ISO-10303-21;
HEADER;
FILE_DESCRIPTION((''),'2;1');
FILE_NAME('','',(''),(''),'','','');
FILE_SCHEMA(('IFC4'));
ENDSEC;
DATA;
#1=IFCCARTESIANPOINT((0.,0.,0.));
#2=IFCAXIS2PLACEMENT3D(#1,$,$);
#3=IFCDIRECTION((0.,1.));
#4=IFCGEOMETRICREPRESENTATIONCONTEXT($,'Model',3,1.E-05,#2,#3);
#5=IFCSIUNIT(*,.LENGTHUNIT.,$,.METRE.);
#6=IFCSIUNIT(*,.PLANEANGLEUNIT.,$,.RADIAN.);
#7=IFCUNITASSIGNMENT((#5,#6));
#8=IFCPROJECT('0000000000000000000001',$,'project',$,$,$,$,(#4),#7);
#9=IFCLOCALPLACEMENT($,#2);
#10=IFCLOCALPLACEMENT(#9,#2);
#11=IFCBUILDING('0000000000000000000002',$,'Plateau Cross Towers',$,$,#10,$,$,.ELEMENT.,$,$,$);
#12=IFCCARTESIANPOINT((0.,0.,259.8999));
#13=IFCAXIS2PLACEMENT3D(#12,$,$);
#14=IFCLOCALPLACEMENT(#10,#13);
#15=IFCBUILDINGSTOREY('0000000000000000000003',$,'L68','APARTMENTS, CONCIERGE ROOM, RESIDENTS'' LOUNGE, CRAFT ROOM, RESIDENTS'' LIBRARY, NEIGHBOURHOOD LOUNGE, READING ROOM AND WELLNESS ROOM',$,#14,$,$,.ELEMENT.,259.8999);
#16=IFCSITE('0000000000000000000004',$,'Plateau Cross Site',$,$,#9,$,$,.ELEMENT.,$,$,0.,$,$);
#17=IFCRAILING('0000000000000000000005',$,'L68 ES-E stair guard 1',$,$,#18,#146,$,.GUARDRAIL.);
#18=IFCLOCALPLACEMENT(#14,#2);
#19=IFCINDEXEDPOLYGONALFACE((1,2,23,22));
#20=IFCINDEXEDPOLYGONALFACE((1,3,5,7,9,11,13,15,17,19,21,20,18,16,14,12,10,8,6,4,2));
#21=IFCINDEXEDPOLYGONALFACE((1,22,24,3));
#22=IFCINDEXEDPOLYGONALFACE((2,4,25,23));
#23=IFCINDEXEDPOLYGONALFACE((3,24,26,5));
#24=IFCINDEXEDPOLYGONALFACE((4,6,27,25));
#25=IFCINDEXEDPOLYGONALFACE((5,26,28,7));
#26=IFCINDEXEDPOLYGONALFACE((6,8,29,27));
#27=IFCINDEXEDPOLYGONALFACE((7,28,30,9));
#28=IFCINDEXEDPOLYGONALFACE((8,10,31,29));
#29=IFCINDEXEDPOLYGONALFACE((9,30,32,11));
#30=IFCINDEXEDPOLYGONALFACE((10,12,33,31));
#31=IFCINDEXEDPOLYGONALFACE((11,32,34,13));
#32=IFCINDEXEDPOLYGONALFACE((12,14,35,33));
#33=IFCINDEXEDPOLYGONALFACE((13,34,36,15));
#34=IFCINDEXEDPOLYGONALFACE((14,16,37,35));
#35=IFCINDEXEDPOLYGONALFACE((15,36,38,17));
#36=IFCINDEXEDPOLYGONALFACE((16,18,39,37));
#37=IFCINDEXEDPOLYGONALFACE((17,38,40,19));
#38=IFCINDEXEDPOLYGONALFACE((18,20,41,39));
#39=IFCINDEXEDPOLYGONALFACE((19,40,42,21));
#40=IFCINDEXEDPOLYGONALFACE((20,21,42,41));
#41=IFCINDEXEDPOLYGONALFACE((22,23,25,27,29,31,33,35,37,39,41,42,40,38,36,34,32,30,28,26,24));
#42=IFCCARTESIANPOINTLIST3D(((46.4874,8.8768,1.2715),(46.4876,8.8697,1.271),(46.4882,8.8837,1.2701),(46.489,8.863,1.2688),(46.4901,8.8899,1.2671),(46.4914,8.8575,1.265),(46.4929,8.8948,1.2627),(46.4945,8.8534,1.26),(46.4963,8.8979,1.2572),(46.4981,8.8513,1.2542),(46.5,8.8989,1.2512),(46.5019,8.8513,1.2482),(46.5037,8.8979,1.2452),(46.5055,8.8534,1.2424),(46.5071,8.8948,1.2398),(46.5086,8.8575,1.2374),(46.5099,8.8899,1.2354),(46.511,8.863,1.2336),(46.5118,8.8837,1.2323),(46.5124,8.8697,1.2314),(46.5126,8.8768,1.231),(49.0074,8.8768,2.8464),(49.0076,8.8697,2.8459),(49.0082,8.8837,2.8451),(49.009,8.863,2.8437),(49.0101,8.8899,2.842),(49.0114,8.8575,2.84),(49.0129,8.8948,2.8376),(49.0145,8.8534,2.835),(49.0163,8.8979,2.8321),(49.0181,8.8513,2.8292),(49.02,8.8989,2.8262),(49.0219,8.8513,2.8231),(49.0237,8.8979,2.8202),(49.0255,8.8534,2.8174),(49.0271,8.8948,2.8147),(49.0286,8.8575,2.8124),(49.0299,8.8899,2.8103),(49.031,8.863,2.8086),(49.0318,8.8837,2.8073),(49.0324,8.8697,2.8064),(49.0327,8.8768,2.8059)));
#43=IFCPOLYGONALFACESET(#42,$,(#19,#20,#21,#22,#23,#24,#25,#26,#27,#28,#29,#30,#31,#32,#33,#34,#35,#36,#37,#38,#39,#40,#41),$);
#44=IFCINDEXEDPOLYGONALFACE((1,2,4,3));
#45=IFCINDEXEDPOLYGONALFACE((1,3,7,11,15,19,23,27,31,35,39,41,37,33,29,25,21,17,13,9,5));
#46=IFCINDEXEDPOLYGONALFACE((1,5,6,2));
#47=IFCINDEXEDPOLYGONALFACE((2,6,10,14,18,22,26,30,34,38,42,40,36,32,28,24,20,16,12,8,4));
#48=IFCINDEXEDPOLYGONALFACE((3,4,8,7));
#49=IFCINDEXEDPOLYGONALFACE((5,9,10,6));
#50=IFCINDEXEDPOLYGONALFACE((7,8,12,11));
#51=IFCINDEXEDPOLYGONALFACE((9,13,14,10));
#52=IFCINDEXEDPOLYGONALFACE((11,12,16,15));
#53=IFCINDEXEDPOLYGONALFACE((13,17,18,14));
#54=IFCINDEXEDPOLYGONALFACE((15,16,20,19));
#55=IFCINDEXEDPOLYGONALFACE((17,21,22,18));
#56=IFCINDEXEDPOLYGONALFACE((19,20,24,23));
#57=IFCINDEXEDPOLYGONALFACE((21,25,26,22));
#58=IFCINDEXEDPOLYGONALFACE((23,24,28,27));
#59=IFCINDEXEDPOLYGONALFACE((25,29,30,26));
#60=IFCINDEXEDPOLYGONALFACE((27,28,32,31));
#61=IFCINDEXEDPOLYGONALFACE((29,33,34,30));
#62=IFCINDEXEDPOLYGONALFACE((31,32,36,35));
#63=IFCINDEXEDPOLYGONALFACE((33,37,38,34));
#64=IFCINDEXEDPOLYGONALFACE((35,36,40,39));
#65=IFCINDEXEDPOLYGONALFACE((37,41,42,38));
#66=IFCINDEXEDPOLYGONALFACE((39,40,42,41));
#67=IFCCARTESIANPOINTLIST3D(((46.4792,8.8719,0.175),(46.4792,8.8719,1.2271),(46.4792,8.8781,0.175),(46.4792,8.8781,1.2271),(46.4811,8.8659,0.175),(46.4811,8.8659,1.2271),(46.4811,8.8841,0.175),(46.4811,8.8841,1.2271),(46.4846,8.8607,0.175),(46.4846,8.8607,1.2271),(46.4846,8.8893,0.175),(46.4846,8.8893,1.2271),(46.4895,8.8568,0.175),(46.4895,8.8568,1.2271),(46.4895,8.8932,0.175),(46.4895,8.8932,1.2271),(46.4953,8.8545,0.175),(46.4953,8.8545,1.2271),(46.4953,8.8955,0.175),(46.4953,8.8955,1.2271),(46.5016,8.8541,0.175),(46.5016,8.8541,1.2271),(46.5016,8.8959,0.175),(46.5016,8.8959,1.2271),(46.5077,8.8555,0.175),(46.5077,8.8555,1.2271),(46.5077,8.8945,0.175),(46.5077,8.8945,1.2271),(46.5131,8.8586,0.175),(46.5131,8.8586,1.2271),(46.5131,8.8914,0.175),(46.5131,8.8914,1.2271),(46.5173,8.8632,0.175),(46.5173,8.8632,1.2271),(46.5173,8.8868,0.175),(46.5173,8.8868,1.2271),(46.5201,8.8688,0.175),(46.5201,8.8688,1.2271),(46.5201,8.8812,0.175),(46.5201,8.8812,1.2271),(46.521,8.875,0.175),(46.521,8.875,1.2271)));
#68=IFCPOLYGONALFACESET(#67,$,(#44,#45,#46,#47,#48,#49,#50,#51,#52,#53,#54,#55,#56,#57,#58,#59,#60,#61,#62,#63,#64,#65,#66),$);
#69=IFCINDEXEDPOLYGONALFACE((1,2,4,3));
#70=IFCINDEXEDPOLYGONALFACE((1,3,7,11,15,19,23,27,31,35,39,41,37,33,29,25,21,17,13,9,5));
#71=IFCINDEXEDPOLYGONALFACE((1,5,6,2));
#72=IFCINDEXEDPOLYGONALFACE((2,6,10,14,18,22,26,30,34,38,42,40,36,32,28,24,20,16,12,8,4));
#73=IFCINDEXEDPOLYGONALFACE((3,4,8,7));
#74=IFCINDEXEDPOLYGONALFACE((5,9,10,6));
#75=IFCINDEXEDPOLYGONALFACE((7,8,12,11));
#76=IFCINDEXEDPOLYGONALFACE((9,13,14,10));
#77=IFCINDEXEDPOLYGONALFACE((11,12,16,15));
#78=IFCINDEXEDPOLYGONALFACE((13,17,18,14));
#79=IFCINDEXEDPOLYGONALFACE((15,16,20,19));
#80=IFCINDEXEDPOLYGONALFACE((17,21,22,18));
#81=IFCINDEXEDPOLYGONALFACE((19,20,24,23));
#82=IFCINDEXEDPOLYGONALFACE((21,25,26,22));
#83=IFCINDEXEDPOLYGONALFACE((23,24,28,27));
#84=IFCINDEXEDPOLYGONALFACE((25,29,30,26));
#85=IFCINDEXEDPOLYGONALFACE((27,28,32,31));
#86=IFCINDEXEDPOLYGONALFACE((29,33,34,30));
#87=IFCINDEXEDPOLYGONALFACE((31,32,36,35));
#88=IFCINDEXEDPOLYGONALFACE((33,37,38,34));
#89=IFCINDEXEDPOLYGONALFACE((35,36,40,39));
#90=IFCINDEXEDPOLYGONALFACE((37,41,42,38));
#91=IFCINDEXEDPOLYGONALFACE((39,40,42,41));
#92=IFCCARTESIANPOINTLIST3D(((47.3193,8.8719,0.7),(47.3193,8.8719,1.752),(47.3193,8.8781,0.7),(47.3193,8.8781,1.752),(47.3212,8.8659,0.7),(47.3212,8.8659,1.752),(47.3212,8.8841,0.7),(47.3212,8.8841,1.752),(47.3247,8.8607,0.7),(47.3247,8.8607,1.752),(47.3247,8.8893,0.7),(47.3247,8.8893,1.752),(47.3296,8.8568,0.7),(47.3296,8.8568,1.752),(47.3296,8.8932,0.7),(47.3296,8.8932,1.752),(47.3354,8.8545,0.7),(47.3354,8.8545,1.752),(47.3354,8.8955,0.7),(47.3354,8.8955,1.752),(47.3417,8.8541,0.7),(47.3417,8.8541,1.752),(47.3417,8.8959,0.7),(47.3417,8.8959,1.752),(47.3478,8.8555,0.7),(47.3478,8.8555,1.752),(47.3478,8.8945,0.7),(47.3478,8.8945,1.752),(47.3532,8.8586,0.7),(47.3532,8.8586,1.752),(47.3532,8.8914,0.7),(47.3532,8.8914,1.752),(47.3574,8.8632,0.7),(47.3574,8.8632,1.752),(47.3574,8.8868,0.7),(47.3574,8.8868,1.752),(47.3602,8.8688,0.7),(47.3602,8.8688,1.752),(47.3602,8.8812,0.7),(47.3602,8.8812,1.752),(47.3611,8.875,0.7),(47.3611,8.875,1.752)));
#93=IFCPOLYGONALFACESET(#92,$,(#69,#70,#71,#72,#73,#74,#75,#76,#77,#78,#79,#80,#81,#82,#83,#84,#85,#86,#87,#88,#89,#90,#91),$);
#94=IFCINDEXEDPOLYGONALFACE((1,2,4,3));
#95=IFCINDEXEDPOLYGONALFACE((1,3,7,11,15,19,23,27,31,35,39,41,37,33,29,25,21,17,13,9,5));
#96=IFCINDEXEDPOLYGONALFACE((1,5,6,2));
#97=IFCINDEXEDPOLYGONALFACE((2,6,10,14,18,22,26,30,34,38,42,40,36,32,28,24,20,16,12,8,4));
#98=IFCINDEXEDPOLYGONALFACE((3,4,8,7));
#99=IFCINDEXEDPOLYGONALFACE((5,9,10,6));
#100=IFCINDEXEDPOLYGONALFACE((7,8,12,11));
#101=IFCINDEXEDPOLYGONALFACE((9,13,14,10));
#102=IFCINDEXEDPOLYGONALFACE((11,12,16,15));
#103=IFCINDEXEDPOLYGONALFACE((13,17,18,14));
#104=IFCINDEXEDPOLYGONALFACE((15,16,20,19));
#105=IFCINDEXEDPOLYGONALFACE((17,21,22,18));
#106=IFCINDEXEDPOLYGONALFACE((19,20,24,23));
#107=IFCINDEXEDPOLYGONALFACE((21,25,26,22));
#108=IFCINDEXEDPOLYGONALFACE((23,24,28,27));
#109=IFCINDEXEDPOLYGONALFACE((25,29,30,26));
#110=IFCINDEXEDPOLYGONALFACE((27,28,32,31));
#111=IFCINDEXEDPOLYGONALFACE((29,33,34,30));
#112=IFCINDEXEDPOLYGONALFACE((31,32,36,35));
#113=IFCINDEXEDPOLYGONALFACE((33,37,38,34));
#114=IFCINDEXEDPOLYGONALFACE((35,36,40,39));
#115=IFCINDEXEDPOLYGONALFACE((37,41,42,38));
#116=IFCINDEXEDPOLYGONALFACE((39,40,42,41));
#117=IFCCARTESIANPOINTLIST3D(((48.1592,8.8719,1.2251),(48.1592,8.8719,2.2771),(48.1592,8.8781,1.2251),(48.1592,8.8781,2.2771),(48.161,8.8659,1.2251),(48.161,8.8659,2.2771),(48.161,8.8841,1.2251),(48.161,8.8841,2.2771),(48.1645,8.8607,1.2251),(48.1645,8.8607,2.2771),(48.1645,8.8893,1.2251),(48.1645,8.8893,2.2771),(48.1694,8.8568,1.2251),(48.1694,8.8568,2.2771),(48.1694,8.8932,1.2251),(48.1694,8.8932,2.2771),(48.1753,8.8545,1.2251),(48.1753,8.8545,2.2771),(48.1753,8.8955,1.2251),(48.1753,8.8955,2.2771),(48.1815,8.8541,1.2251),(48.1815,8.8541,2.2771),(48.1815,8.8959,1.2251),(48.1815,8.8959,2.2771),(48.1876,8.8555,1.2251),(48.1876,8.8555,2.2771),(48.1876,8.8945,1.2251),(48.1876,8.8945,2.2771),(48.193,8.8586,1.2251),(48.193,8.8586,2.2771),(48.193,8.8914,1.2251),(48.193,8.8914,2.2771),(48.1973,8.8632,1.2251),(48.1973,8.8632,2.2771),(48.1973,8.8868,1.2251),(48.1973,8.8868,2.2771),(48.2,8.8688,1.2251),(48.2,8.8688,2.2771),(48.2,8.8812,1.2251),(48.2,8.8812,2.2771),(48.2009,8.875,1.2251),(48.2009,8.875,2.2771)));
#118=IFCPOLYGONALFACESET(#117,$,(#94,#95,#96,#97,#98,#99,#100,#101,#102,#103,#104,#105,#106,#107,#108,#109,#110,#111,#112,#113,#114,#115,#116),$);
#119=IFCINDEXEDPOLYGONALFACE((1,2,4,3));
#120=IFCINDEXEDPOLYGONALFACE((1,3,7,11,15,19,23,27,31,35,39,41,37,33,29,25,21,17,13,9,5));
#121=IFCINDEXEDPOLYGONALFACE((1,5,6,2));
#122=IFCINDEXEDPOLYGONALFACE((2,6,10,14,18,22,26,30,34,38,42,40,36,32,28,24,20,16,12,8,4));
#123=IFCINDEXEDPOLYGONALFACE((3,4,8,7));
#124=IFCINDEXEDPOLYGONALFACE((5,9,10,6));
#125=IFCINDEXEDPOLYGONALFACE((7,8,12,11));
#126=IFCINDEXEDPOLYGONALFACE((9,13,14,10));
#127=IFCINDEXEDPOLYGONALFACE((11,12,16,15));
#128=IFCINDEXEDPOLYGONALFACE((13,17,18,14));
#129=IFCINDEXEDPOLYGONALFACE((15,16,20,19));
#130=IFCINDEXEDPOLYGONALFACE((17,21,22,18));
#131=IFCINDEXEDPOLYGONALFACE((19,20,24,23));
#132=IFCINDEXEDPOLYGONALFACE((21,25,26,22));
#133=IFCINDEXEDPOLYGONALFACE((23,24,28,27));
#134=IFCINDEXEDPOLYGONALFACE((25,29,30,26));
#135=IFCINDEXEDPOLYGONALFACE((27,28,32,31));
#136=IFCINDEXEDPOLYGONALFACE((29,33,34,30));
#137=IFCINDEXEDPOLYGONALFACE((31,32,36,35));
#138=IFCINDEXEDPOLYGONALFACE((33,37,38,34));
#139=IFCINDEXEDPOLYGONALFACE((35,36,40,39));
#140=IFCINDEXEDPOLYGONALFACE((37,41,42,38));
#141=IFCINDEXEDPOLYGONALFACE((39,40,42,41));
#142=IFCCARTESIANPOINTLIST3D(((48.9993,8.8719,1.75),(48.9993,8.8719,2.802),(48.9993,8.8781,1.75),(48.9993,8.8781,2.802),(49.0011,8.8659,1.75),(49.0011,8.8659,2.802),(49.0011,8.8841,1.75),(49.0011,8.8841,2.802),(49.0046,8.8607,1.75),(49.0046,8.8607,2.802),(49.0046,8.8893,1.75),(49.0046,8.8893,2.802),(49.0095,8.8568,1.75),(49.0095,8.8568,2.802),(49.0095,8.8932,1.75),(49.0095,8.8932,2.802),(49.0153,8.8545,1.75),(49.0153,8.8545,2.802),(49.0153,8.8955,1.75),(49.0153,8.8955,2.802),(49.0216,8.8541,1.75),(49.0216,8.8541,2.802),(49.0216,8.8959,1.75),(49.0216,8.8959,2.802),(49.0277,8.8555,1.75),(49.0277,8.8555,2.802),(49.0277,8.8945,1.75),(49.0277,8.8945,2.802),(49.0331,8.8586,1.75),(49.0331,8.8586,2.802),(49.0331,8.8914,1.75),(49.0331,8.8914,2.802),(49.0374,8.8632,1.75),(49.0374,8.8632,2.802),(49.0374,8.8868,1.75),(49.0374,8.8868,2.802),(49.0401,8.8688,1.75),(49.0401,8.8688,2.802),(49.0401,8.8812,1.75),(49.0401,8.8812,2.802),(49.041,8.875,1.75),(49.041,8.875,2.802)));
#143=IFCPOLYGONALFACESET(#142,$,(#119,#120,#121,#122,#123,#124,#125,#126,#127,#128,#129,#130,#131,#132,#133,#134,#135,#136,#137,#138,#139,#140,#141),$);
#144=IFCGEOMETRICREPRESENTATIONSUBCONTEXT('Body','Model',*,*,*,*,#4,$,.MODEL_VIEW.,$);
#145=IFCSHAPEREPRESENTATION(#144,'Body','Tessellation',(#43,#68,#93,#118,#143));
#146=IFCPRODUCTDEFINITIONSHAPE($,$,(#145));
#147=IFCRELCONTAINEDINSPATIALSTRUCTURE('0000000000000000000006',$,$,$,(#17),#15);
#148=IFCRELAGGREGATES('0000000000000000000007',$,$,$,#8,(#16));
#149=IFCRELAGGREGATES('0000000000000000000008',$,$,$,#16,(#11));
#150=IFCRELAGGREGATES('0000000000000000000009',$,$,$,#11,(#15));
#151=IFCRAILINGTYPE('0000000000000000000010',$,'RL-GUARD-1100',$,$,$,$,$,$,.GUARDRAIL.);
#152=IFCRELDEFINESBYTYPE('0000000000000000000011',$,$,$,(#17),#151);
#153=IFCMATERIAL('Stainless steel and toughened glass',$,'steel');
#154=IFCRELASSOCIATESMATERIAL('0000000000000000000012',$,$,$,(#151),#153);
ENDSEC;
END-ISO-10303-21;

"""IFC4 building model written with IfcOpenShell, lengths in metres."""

from ifc_helpers import new_model, si_unit, direction, frame, origin, origin_2d, place, context, subcontext, project, spatial, circle, extrude, material, type_object, element, save


model = new_model("IFC4")

# Units and contexts
model_context = context("Model", 3, precision=1e-05, world=origin(), true_north=direction((0.0, 1.0)))
body_context = subcontext(model_context, "Body", "Model", "MODEL_VIEW")
ifc_project = project(units=[si_unit("LENGTHUNIT", "METRE"), si_unit("PLANEANGLEUNIT", "RADIAN")], contexts=[model_context])

# Site, building, storey
site_placement = place(None, origin())
site = spatial("IfcSite", under=ifc_project, at=site_placement, Name="Plateau Cross Site", CompositionType="ELEMENT", RefElevation=0.0)
building_placement = place(site_placement, origin())
building = spatial("IfcBuilding", under=site, at=building_placement, Name="Plateau Cross Towers", CompositionType="ELEMENT")
storey_placement = place(building_placement, frame((0.0, 0.0, 259.8999)))
storey = spatial("IfcBuildingStorey", under=building, at=storey_placement, Name="L68", Description="APARTMENTS, CONCIERGE ROOM, RESIDENTS' LOUNGE, CRAFT ROOM, RESIDENTS' LIBRARY, NEIGHBOURHOOD LOUNGE, READING ROOM AND WELLNESS ROOM", CompositionType="ELEMENT", Elevation=259.8999)

# Railing
ifc_material_1 = material(Name="Stainless steel and toughened glass", Category="steel")
railing_type_1 = type_object("IfcRailingType", Name="RL-GUARD-1100", PredefinedType="GUARDRAIL", material=ifc_material_1)
railing_1_placement = place(storey_placement, frame((46.5, 8.875, 0.175)))
element("IfcRailing", 1, at=railing_1_placement, inside=storey, type_object=railing_type_1, Name="L68 ES-E stair guard 1", PredefinedType="GUARDRAIL", context=body_context, shape_type="SweptSolid", body=[
    extrude(circle(Radius=0.0239, at=origin_2d()), frame((0.0, 0.0, 1.0762), z_axis=(0.848008, 0.0, 0.529984), x_axis=(0.0, 1.0, 0.0)), (0.0, 0.0, 1.0), 2.9717),
    extrude(circle(Radius=0.021, at=origin_2d()), origin(), (0.0, 0.0, 1.0), 1.052),
    extrude(circle(Radius=0.021, at=origin_2d()), frame((0.8401, 0.0, 0.5249)), (0.0, 0.0, 1.0), 1.052),
    extrude(circle(Radius=0.021, at=origin_2d()), frame((1.6799, 0.0, 1.05)), (0.0, 0.0, 1.0), 1.052),
    extrude(circle(Radius=0.021, at=origin_2d()), frame((2.52, 0.0, 1.575)), (0.0, 0.0, 1.0), 1.052),
])

save(model, "model.ifc")
